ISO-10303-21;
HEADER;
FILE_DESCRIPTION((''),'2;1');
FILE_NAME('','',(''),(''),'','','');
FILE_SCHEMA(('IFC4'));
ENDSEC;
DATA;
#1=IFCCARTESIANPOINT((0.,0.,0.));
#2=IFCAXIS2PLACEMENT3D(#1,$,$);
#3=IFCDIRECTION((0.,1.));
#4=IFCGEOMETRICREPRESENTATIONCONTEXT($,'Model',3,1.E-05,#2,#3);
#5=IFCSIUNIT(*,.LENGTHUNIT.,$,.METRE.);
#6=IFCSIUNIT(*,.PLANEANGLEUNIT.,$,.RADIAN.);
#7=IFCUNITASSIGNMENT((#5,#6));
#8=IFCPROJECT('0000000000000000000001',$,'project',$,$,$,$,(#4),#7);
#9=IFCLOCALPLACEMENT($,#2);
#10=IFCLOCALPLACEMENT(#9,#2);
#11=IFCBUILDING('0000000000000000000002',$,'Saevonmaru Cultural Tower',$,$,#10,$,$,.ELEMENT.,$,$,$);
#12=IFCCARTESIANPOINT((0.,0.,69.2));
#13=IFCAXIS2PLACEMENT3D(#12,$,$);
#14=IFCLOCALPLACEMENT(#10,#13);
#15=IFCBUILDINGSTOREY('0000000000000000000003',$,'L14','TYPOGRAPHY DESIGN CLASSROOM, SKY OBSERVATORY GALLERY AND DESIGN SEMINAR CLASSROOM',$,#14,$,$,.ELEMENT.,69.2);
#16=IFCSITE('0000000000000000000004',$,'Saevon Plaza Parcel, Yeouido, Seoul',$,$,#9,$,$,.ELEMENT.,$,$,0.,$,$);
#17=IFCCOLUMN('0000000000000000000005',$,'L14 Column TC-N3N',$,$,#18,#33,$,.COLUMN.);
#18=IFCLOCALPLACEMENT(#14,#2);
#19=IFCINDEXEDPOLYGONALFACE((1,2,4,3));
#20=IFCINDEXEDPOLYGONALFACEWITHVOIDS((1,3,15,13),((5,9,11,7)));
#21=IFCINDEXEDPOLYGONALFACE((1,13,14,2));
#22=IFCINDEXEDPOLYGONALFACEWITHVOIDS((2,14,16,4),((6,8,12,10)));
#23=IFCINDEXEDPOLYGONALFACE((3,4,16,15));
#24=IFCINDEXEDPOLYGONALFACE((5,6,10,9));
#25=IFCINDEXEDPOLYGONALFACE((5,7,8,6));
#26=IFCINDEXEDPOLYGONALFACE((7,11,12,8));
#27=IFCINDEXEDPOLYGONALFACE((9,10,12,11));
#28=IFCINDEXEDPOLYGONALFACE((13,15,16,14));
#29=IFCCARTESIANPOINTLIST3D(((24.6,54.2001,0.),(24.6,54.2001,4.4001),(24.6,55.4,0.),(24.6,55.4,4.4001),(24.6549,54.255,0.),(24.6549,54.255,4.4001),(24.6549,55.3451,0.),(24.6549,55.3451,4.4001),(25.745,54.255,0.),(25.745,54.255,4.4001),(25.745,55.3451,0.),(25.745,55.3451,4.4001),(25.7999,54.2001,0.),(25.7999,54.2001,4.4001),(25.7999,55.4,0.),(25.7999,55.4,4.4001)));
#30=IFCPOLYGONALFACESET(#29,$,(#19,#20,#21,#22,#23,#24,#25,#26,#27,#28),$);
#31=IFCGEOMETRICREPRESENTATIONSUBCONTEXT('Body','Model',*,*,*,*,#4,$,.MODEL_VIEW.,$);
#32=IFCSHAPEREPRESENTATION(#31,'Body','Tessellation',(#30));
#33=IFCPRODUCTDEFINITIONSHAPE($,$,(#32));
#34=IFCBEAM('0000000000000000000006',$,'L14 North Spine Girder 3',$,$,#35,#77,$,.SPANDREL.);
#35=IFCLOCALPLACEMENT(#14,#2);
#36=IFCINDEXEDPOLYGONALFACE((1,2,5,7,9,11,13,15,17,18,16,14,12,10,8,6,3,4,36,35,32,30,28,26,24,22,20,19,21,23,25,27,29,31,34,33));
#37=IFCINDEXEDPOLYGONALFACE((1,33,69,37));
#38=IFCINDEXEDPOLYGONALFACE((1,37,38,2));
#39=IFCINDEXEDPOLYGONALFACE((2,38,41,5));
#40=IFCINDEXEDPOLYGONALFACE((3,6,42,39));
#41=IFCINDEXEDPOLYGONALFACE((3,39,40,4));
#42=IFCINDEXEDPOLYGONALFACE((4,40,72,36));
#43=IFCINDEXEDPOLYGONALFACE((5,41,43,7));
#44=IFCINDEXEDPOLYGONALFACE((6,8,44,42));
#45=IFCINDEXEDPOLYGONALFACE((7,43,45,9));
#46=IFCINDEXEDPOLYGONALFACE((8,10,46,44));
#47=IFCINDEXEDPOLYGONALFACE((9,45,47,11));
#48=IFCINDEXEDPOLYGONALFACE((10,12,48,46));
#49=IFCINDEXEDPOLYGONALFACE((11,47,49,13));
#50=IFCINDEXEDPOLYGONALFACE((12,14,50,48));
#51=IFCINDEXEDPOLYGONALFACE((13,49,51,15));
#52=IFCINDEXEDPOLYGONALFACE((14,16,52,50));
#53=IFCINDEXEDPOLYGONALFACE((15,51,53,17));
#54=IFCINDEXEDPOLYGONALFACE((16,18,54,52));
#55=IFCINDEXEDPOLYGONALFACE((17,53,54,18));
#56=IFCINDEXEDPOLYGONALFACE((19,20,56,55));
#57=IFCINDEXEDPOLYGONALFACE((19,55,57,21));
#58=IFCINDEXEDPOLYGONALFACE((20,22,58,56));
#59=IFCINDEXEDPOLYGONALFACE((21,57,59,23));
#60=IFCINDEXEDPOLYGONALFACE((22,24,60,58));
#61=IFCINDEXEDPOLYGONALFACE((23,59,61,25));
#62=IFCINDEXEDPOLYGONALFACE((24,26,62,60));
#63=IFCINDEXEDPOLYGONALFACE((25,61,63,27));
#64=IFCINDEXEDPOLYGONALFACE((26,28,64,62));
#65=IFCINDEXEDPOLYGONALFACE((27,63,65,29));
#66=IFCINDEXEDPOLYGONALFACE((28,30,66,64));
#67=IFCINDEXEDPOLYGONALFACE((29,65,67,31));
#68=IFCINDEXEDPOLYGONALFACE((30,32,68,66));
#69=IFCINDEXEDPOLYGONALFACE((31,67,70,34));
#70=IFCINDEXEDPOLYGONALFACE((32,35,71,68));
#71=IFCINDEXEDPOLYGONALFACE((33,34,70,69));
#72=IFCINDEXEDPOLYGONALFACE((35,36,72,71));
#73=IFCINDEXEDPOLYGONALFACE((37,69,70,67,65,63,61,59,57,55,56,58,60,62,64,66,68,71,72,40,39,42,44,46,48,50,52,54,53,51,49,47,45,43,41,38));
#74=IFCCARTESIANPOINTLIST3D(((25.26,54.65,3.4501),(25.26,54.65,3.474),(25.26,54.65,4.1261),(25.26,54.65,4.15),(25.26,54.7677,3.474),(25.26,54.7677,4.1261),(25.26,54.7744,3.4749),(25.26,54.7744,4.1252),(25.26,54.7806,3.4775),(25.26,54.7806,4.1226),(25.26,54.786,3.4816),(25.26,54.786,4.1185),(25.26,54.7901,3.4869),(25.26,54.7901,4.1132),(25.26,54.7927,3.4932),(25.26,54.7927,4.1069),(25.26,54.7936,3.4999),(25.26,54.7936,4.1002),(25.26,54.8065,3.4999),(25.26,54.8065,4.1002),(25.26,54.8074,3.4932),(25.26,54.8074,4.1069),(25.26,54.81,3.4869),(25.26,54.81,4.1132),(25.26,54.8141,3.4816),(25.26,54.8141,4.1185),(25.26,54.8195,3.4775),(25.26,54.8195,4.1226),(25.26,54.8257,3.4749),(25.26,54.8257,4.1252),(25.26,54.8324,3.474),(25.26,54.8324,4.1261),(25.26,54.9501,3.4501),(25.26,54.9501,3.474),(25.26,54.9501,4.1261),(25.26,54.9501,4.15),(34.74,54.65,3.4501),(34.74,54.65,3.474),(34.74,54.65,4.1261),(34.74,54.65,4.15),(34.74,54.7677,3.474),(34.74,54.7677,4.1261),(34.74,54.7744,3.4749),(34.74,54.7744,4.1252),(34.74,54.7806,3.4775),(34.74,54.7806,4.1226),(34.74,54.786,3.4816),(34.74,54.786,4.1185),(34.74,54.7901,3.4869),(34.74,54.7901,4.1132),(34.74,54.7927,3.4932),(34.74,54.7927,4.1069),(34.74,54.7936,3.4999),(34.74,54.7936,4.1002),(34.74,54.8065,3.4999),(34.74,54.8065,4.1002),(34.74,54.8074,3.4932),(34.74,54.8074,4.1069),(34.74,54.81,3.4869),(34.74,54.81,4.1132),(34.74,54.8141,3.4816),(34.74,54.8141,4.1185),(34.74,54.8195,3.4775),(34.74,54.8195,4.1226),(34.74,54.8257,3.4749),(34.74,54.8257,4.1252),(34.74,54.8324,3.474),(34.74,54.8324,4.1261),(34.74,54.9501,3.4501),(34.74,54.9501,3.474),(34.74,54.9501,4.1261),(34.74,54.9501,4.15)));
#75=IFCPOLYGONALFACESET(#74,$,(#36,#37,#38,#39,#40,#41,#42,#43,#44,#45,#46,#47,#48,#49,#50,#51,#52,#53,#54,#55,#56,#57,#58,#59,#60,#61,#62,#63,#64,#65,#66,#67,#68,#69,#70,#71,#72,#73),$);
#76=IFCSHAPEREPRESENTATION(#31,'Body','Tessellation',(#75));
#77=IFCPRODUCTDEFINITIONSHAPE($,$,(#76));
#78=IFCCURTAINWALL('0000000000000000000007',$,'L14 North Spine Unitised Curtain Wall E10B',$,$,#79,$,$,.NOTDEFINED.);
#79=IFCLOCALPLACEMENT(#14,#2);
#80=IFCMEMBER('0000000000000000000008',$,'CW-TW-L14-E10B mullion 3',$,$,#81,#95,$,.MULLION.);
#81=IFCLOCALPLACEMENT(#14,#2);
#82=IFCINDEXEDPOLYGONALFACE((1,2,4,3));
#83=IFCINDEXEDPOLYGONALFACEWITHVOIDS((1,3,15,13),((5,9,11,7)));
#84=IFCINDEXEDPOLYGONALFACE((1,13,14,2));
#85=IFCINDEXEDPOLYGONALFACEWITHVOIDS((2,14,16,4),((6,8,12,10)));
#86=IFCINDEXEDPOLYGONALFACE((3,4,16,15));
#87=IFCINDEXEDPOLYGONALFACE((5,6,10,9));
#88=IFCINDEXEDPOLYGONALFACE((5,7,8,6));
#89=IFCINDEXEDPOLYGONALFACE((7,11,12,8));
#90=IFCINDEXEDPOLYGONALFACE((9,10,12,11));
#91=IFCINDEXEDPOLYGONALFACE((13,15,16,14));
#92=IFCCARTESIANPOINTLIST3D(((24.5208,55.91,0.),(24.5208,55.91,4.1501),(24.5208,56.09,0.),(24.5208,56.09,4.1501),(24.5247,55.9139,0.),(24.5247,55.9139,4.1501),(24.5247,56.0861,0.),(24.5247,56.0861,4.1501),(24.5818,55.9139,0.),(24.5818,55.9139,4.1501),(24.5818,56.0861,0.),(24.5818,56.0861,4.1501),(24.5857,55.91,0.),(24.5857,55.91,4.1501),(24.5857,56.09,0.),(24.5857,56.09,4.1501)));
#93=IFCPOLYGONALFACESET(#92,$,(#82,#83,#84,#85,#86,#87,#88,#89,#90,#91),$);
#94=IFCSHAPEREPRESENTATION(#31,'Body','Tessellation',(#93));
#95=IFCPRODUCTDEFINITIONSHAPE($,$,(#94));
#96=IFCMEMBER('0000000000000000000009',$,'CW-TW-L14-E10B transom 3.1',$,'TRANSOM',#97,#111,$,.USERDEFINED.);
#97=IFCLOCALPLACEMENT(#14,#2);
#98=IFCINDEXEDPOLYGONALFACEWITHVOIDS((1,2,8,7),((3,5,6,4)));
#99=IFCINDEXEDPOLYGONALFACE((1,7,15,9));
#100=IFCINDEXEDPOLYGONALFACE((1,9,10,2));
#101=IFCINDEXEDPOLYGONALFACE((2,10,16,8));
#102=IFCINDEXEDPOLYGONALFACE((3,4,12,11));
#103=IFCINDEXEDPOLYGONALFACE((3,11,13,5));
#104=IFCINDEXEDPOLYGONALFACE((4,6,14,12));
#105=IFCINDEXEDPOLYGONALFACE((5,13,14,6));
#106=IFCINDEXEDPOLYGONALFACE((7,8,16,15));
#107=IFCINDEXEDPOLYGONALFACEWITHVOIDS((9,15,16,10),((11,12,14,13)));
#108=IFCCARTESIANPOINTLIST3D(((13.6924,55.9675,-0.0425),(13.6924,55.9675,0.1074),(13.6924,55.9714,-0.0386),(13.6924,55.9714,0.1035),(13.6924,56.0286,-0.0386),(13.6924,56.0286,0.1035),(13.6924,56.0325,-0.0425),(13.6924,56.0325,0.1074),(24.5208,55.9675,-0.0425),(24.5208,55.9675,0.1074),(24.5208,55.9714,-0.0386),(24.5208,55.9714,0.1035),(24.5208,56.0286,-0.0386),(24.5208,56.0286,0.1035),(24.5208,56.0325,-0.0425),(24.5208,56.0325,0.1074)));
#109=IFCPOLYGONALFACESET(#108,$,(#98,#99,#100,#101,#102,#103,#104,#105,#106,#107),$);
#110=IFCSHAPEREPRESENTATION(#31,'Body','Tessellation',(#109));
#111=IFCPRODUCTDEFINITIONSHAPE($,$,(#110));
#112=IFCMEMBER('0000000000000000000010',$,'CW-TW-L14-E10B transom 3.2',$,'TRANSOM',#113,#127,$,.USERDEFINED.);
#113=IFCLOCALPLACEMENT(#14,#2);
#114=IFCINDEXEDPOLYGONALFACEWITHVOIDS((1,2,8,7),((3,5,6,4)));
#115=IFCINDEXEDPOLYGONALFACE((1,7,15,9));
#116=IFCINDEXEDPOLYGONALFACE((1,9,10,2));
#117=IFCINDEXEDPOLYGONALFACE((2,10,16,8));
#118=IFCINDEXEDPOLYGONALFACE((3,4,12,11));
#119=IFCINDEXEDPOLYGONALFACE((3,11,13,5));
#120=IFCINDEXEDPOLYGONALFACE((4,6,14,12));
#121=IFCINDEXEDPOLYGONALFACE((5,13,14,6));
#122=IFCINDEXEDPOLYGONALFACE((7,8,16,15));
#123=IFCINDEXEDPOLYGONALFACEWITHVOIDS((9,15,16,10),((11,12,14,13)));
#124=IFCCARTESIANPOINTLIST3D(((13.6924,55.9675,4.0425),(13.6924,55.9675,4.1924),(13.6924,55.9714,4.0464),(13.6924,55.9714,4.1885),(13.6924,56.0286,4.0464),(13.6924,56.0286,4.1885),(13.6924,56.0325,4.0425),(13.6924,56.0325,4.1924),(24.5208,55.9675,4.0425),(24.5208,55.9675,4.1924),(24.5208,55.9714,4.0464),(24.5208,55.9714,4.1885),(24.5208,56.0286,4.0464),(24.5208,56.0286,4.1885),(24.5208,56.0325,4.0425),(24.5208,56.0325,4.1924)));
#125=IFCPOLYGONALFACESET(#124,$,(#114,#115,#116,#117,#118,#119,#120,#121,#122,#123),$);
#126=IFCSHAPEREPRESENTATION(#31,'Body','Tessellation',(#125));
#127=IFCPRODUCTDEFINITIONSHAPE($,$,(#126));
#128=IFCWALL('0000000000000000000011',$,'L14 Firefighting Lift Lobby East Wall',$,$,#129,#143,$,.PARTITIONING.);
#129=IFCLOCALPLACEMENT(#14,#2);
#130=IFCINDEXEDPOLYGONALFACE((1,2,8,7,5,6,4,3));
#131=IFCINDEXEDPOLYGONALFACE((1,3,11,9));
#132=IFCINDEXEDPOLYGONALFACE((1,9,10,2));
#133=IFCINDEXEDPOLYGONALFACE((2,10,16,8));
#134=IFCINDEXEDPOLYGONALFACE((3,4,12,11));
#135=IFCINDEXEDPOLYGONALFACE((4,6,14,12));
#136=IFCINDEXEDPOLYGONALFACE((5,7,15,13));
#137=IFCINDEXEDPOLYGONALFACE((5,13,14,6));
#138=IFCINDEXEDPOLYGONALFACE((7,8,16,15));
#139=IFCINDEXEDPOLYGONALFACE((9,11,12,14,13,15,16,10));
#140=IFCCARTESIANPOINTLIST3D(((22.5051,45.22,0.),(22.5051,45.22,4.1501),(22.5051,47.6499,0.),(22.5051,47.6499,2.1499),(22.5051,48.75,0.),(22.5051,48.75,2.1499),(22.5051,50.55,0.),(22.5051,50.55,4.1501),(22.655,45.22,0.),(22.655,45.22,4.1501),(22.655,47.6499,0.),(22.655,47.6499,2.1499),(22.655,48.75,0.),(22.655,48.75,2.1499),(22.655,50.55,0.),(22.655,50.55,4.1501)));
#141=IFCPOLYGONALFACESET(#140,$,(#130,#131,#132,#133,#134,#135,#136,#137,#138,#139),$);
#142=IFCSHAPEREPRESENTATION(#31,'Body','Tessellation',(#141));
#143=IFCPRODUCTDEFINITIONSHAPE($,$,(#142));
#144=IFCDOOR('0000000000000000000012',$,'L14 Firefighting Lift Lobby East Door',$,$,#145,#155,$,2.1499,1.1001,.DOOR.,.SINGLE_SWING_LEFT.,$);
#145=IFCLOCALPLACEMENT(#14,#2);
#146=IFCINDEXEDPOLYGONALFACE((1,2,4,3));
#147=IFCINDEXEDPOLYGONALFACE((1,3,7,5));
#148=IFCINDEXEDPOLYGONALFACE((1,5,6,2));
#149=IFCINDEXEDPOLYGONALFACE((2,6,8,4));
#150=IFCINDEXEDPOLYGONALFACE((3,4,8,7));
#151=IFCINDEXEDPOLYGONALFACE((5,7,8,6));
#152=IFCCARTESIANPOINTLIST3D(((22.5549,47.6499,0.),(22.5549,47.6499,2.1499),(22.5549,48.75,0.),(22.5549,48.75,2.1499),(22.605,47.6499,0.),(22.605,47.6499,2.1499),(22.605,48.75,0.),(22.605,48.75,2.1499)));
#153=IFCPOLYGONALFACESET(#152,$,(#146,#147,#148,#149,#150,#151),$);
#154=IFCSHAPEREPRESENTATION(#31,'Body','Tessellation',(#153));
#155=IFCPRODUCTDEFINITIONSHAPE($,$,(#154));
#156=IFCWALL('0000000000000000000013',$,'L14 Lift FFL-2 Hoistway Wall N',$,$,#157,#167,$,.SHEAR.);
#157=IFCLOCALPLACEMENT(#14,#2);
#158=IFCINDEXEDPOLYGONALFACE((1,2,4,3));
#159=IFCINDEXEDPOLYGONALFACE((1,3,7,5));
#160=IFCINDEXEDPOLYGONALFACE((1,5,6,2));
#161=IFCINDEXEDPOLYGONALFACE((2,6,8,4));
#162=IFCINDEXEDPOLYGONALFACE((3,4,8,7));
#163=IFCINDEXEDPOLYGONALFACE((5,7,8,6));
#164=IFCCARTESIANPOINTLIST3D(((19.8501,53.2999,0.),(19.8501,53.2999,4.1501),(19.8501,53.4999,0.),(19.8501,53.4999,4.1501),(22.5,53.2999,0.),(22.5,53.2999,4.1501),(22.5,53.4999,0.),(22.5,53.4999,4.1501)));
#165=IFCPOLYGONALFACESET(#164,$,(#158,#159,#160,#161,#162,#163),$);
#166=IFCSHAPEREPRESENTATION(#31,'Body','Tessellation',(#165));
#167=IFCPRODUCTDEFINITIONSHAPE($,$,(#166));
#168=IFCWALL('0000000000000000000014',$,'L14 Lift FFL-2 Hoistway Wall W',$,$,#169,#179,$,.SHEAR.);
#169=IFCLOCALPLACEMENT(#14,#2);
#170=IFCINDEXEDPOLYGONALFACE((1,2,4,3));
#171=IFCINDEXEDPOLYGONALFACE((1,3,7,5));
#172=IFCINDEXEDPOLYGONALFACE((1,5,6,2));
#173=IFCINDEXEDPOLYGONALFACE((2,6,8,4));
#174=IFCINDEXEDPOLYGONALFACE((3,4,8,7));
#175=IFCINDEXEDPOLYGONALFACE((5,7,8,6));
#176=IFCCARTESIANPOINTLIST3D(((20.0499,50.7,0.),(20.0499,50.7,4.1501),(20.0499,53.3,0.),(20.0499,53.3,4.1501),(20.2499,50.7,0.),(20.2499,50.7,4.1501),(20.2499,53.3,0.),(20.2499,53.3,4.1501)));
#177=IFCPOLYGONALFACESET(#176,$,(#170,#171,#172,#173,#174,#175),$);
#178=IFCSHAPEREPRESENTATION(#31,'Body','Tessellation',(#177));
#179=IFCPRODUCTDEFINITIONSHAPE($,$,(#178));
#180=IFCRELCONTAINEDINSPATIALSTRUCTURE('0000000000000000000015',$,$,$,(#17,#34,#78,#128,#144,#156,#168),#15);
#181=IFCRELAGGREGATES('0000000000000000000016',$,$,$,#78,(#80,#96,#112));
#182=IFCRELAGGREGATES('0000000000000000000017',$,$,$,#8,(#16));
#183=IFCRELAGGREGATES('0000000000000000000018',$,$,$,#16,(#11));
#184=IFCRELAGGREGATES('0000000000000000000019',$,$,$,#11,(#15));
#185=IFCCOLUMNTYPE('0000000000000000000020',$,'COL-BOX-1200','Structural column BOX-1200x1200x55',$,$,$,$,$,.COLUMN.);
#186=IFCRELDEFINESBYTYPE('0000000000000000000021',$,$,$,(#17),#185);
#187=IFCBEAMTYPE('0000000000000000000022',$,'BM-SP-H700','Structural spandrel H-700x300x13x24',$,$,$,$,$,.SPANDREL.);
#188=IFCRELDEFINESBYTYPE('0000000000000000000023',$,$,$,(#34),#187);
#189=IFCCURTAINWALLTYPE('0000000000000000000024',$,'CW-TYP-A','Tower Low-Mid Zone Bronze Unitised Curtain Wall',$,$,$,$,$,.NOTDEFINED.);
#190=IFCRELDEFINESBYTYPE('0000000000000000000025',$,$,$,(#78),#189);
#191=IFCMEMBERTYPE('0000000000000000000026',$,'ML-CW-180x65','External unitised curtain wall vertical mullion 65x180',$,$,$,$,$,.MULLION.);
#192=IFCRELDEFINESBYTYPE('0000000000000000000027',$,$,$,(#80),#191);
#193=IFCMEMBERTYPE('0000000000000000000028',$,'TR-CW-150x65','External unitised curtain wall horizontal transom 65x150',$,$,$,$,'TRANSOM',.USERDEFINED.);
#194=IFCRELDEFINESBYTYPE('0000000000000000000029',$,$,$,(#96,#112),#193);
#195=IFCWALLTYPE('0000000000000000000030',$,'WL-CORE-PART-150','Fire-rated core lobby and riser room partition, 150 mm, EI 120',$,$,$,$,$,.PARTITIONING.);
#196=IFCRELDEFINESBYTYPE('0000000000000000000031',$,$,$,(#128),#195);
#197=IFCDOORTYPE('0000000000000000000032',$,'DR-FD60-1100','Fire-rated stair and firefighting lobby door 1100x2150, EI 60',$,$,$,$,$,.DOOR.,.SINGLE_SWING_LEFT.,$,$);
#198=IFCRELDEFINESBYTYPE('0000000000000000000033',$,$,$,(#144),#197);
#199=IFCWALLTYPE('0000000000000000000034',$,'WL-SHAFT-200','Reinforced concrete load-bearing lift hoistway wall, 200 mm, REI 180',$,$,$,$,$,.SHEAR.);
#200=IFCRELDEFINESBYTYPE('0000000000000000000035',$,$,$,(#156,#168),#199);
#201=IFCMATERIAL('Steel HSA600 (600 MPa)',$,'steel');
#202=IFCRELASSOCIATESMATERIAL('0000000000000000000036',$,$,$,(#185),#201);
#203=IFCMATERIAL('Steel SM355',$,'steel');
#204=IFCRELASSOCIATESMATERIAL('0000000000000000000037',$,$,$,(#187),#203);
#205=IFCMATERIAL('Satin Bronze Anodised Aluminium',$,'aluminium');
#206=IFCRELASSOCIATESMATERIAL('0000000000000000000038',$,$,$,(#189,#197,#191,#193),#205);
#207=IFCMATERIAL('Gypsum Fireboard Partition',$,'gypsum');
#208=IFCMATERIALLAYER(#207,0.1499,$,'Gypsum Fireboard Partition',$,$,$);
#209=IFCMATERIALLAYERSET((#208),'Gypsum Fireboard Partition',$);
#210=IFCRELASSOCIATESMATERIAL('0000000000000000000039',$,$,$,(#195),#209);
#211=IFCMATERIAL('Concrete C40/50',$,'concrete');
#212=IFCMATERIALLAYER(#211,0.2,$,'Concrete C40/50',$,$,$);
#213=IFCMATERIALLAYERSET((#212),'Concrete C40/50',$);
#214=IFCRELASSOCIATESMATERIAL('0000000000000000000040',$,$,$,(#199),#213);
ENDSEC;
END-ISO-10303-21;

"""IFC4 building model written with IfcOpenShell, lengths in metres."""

from ifc_helpers import new_model, si_unit, direction, frame, frame_2d, origin, origin_2d, place, context, subcontext, project, spatial, rectangle, hollow_rectangle, i_section, extrude, material, layer, layer_set, material_profile, profile_set, type_object, element, fill, aggregate, save


model = new_model("IFC4")

# Units and contexts
model_context = context("Model", 3, precision=1e-05, world=origin(), true_north=direction((0.0, 1.0)))
body_context = subcontext(model_context, "Body", "Model", "MODEL_VIEW")
ifc_project = project(units=[si_unit("LENGTHUNIT", "METRE"), si_unit("PLANEANGLEUNIT", "RADIAN")], contexts=[model_context])

# Site, building, storey
site_placement = place(None, origin())
site = spatial("IfcSite", under=ifc_project, at=site_placement, Name="Saevon Plaza Parcel, Yeouido, Seoul", CompositionType="ELEMENT", RefElevation=0.0)
building_placement = place(site_placement, origin())
building = spatial("IfcBuilding", under=site, at=building_placement, Name="Saevonmaru Cultural Tower", CompositionType="ELEMENT")
storey_placement = place(building_placement, frame((0.0, 0.0, 69.2)))
storey = spatial("IfcBuildingStorey", under=building, at=storey_placement, Name="L14", Description="TYPOGRAPHY DESIGN CLASSROOM, SKY OBSERVATORY GALLERY AND DESIGN SEMINAR CLASSROOM", CompositionType="ELEMENT", Elevation=69.2)

# Column
ifc_material_1 = material(Name="Steel HSA600 (600 MPa)", Category="steel")
ifc_material_profile_1 = material_profile(ifc_material_1, hollow_rectangle(XDim=1.2, YDim=1.2, WallThickness=0.0549, at=origin_2d()), Name="BOX-1200x1200x55")
ifc_profile_set_1 = profile_set([ifc_material_profile_1], Name="Steel HSA600 (600 MPa)")
column_type = type_object("IfcColumnType", Name="COL-BOX-1200", Description="Structural column BOX-1200x1200x55", PredefinedType="COLUMN", material=ifc_profile_set_1)
column_placement = place(storey_placement, frame((25.2, 54.8, 0.0), z_axis=(0.0, 0.0, 1.0), x_axis=(1.0, 0.0, 0.0)))
element("IfcColumn", 1, at=column_placement, inside=storey, type_object=column_type, Name="L14 Column TC-N3N", PredefinedType="COLUMN", context=body_context, shape_type="SweptSolid", body=[
    extrude(hollow_rectangle(XDim=1.2, YDim=1.2, WallThickness=0.0549, at=origin_2d()), origin(), (0.0, 0.0, 1.0), 4.4001),
])

# Beam
ifc_material_2 = material(Name="Steel SM355", Category="steel")
ifc_material_profile_2 = material_profile(ifc_material_2, i_section(OverallWidth=0.3, OverallDepth=0.7, WebThickness=0.0129, FlangeThickness=0.0239, FilletRadius=0.0259, at=origin_2d()), Name="H-700x300x13x24")
ifc_profile_set_2 = profile_set([ifc_material_profile_2], Name="Steel SM355")
beam_type = type_object("IfcBeamType", Name="BM-SP-H700", Description="Structural spandrel H-700x300x13x24", PredefinedType="SPANDREL", material=ifc_profile_set_2)
beam_placement = place(storey_placement, frame((25.26, 54.8, 3.8), z_axis=(1.0, 0.0, 0.0), x_axis=(0.0, 1.0, 0.0)))
element("IfcBeam", 2, at=beam_placement, inside=storey, type_object=beam_type, Name="L14 North Spine Girder 3", PredefinedType="SPANDREL", context=body_context, shape_type="SweptSolid", body=[
    extrude(i_section(OverallWidth=0.3, OverallDepth=0.7, WebThickness=0.0129, FlangeThickness=0.0239, FilletRadius=0.0259, at=origin_2d()), origin(), (0.0, 0.0, 1.0), 9.48),
])

# Curtain wall, members
ifc_material_3 = material(Name="Satin Bronze Anodised Aluminium", Category="aluminium")
curtain_wall_type = type_object("IfcCurtainWallType", Name="CW-TYP-A", Description="Tower Low-Mid Zone Bronze Unitised Curtain Wall", PredefinedType="NOTDEFINED", material=ifc_material_3)
curtain_wall_placement = place(storey_placement, origin())
curtain_wall = element("IfcCurtainWall", 3, at=curtain_wall_placement, inside=storey, type_object=curtain_wall_type, Name="L14 North Spine Unitised Curtain Wall E10B", PredefinedType="NOTDEFINED")
ifc_material_profile_3 = material_profile(ifc_material_3, hollow_rectangle(XDim=0.0649, YDim=0.1799, WallThickness=0.0039, at=origin_2d()), Name="ALU-MULL-180x65x4")
ifc_profile_set_3 = profile_set([ifc_material_profile_3], Name="Satin Bronze Anodised Aluminium")
member_type_1 = type_object("IfcMemberType", Name="ML-CW-180x65", Description="External unitised curtain wall vertical mullion 65x180", PredefinedType="MULLION", material=ifc_profile_set_3)
member_1_placement = place(storey_placement, frame((24.5532, 56.0, 0.0), z_axis=(0.0, 0.0, 1.0), x_axis=(-1.0, 0.0, 0.0)))
member_1 = element("IfcMember", 4, at=member_1_placement, type_object=member_type_1, Name="CW-TW-L14-E10B mullion 3", PredefinedType="MULLION", context=body_context, shape_type="SweptSolid", body=[
    extrude(hollow_rectangle(XDim=0.0649, YDim=0.1799, WallThickness=0.0039, at=origin_2d()), origin(), (0.0, 0.0, 1.0), 4.1501),
])
ifc_material_profile_4 = material_profile(ifc_material_3, hollow_rectangle(XDim=0.0649, YDim=0.1499, WallThickness=0.0039, at=origin_2d()), Name="ALU-TRAN-150x65x4")
ifc_profile_set_4 = profile_set([ifc_material_profile_4], Name="Satin Bronze Anodised Aluminium")
member_type_2 = type_object("IfcMemberType", Name="TR-CW-150x65", Description="External unitised curtain wall horizontal transom 65x150", ElementType="TRANSOM", PredefinedType="USERDEFINED", material=ifc_profile_set_4)
member_2_placement = place(storey_placement, frame((24.5208, 56.0, 0.0325), z_axis=(-1.0, 0.0, 0.0), x_axis=(0.0, -1.0, 0.0)))
member_2 = element("IfcMember", 5, at=member_2_placement, type_object=member_type_2, Name="CW-TW-L14-E10B transom 3.1", ObjectType="TRANSOM", PredefinedType="USERDEFINED", context=body_context, shape_type="SweptSolid", body=[
    extrude(hollow_rectangle(XDim=0.0649, YDim=0.1499, WallThickness=0.0039, at=origin_2d()), origin(), (0.0, 0.0, 1.0), 10.8284),
])
member_3_placement = place(storey_placement, frame((24.5208, 56.0, 4.1174), z_axis=(-1.0, 0.0, 0.0), x_axis=(0.0, -1.0, 0.0)))
member_3 = element("IfcMember", 6, at=member_3_placement, type_object=member_type_2, Name="CW-TW-L14-E10B transom 3.2", ObjectType="TRANSOM", PredefinedType="USERDEFINED", context=body_context, shape_type="SweptSolid", body=[
    extrude(hollow_rectangle(XDim=0.0649, YDim=0.1499, WallThickness=0.0039, at=origin_2d()), origin(), (0.0, 0.0, 1.0), 10.8284),
])
aggregate(curtain_wall, [member_1, member_2, member_3])

# Wall, opening, door
ifc_material_4 = material(Name="Gypsum Fireboard Partition", Category="gypsum")
ifc_layer_1 = layer(ifc_material_4, 0.1499, Name="Gypsum Fireboard Partition")
ifc_layer_set_1 = layer_set([ifc_layer_1], Name="Gypsum Fireboard Partition")
wall_type_1 = type_object("IfcWallType", Name="WL-CORE-PART-150", Description="Fire-rated core lobby and riser room partition, 150 mm, EI 120", PredefinedType="PARTITIONING", material=ifc_layer_set_1)
wall_1_placement = place(storey_placement, frame((22.5801, 50.55, 0.0), z_axis=(0.0, 0.0, 1.0), x_axis=(0.0, -1.0, 0.0)))
wall_1 = element("IfcWall", 7, at=wall_1_placement, inside=storey, type_object=wall_type_1, Name="L14 Firefighting Lift Lobby East Wall", PredefinedType="PARTITIONING", context=body_context, shape_type="SweptSolid", body=[
    extrude(rectangle(XDim=5.3301, YDim=0.1499, at=frame_2d((2.665, 0.0))), origin(), (0.0, 0.0, 1.0), 4.1501),
])
opening_1_placement = place(wall_1_placement, frame((1.8, 0.0, 0.0)))
opening_1 = element("IfcOpeningElement", 8, at=opening_1_placement, cuts=wall_1, PredefinedType="OPENING", context=body_context, shape_type="SweptSolid", body=[
    extrude(rectangle(XDim=1.1001, YDim=2.1499, at=frame_2d((0.55, 1.075))), frame((0.0, 0.085, 0.0), z_axis=(0.0, -1.0, 0.0), x_axis=(1.0, 0.0, 0.0)), (0.0, 0.0, 1.0), 0.1699),
])
door_type_1 = type_object("IfcDoorType", Name="DR-FD60-1100", Description="Fire-rated stair and firefighting lobby door 1100x2150, EI 60", OperationType="SINGLE_SWING_LEFT", PredefinedType="DOOR", material=ifc_material_3)
door_1_placement = place(opening_1_placement, origin())
door_1 = element("IfcDoor", 9, at=door_1_placement, inside=storey, type_object=door_type_1, Name="L14 Firefighting Lift Lobby East Door", OperationType="SINGLE_SWING_LEFT", OverallHeight=2.1499, OverallWidth=1.1001, PredefinedType="DOOR", context=body_context, shape_type="SweptSolid", body=[
    extrude(rectangle(XDim=1.1001, YDim=2.1499, at=frame_2d((0.55, 1.075))), frame((0.0, 0.0249, 0.0), z_axis=(0.0, -1.0, 0.0), x_axis=(1.0, 0.0, 0.0)), (0.0, 0.0, 1.0), 0.05),
])
fill(opening_1, door_1)

# Walls
ifc_material_5 = material(Name="Concrete C40/50", Category="concrete")
ifc_layer_2 = layer(ifc_material_5, 0.2, Name="Concrete C40/50")
ifc_layer_set_2 = layer_set([ifc_layer_2], Name="Concrete C40/50")
wall_type_2 = type_object("IfcWallType", Name="WL-SHAFT-200", Description="Reinforced concrete load-bearing lift hoistway wall, 200 mm, REI 180", PredefinedType="SHEAR", material=ifc_layer_set_2)
wall_2_placement = place(storey_placement, frame((19.8501, 53.3999, 0.0), z_axis=(0.0, 0.0, 1.0), x_axis=(1.0, 0.0, 0.0)))
element("IfcWall", 10, at=wall_2_placement, inside=storey, type_object=wall_type_2, Name="L14 Lift FFL-2 Hoistway Wall N", PredefinedType="SHEAR", context=body_context, shape_type="SweptSolid", body=[
    extrude(rectangle(XDim=2.6499, YDim=0.2, at=frame_2d((1.325, 0.0))), origin(), (0.0, 0.0, 1.0), 4.1501),
])
for number, where, z_axis, x_axis, name in (
    (11, (20.1499, 50.7, 0.0), (0.0, 0.0, 1.0), (0.0, 1.0, 0.0), "L14 Lift FFL-2 Hoistway Wall W"),
):
    element("IfcWall", number, at=place(storey_placement, frame(where, z_axis=z_axis, x_axis=x_axis)), inside=storey, type_object=wall_type_2, Name=name, PredefinedType="SHEAR", context=body_context, shape_type="SweptSolid", body=[
        extrude(rectangle(XDim=2.6001, YDim=0.2, at=frame_2d((1.3, 0.0))), origin(), (0.0, 0.0, 1.0), 4.1501),
    ])

save(model, "model.ifc")
